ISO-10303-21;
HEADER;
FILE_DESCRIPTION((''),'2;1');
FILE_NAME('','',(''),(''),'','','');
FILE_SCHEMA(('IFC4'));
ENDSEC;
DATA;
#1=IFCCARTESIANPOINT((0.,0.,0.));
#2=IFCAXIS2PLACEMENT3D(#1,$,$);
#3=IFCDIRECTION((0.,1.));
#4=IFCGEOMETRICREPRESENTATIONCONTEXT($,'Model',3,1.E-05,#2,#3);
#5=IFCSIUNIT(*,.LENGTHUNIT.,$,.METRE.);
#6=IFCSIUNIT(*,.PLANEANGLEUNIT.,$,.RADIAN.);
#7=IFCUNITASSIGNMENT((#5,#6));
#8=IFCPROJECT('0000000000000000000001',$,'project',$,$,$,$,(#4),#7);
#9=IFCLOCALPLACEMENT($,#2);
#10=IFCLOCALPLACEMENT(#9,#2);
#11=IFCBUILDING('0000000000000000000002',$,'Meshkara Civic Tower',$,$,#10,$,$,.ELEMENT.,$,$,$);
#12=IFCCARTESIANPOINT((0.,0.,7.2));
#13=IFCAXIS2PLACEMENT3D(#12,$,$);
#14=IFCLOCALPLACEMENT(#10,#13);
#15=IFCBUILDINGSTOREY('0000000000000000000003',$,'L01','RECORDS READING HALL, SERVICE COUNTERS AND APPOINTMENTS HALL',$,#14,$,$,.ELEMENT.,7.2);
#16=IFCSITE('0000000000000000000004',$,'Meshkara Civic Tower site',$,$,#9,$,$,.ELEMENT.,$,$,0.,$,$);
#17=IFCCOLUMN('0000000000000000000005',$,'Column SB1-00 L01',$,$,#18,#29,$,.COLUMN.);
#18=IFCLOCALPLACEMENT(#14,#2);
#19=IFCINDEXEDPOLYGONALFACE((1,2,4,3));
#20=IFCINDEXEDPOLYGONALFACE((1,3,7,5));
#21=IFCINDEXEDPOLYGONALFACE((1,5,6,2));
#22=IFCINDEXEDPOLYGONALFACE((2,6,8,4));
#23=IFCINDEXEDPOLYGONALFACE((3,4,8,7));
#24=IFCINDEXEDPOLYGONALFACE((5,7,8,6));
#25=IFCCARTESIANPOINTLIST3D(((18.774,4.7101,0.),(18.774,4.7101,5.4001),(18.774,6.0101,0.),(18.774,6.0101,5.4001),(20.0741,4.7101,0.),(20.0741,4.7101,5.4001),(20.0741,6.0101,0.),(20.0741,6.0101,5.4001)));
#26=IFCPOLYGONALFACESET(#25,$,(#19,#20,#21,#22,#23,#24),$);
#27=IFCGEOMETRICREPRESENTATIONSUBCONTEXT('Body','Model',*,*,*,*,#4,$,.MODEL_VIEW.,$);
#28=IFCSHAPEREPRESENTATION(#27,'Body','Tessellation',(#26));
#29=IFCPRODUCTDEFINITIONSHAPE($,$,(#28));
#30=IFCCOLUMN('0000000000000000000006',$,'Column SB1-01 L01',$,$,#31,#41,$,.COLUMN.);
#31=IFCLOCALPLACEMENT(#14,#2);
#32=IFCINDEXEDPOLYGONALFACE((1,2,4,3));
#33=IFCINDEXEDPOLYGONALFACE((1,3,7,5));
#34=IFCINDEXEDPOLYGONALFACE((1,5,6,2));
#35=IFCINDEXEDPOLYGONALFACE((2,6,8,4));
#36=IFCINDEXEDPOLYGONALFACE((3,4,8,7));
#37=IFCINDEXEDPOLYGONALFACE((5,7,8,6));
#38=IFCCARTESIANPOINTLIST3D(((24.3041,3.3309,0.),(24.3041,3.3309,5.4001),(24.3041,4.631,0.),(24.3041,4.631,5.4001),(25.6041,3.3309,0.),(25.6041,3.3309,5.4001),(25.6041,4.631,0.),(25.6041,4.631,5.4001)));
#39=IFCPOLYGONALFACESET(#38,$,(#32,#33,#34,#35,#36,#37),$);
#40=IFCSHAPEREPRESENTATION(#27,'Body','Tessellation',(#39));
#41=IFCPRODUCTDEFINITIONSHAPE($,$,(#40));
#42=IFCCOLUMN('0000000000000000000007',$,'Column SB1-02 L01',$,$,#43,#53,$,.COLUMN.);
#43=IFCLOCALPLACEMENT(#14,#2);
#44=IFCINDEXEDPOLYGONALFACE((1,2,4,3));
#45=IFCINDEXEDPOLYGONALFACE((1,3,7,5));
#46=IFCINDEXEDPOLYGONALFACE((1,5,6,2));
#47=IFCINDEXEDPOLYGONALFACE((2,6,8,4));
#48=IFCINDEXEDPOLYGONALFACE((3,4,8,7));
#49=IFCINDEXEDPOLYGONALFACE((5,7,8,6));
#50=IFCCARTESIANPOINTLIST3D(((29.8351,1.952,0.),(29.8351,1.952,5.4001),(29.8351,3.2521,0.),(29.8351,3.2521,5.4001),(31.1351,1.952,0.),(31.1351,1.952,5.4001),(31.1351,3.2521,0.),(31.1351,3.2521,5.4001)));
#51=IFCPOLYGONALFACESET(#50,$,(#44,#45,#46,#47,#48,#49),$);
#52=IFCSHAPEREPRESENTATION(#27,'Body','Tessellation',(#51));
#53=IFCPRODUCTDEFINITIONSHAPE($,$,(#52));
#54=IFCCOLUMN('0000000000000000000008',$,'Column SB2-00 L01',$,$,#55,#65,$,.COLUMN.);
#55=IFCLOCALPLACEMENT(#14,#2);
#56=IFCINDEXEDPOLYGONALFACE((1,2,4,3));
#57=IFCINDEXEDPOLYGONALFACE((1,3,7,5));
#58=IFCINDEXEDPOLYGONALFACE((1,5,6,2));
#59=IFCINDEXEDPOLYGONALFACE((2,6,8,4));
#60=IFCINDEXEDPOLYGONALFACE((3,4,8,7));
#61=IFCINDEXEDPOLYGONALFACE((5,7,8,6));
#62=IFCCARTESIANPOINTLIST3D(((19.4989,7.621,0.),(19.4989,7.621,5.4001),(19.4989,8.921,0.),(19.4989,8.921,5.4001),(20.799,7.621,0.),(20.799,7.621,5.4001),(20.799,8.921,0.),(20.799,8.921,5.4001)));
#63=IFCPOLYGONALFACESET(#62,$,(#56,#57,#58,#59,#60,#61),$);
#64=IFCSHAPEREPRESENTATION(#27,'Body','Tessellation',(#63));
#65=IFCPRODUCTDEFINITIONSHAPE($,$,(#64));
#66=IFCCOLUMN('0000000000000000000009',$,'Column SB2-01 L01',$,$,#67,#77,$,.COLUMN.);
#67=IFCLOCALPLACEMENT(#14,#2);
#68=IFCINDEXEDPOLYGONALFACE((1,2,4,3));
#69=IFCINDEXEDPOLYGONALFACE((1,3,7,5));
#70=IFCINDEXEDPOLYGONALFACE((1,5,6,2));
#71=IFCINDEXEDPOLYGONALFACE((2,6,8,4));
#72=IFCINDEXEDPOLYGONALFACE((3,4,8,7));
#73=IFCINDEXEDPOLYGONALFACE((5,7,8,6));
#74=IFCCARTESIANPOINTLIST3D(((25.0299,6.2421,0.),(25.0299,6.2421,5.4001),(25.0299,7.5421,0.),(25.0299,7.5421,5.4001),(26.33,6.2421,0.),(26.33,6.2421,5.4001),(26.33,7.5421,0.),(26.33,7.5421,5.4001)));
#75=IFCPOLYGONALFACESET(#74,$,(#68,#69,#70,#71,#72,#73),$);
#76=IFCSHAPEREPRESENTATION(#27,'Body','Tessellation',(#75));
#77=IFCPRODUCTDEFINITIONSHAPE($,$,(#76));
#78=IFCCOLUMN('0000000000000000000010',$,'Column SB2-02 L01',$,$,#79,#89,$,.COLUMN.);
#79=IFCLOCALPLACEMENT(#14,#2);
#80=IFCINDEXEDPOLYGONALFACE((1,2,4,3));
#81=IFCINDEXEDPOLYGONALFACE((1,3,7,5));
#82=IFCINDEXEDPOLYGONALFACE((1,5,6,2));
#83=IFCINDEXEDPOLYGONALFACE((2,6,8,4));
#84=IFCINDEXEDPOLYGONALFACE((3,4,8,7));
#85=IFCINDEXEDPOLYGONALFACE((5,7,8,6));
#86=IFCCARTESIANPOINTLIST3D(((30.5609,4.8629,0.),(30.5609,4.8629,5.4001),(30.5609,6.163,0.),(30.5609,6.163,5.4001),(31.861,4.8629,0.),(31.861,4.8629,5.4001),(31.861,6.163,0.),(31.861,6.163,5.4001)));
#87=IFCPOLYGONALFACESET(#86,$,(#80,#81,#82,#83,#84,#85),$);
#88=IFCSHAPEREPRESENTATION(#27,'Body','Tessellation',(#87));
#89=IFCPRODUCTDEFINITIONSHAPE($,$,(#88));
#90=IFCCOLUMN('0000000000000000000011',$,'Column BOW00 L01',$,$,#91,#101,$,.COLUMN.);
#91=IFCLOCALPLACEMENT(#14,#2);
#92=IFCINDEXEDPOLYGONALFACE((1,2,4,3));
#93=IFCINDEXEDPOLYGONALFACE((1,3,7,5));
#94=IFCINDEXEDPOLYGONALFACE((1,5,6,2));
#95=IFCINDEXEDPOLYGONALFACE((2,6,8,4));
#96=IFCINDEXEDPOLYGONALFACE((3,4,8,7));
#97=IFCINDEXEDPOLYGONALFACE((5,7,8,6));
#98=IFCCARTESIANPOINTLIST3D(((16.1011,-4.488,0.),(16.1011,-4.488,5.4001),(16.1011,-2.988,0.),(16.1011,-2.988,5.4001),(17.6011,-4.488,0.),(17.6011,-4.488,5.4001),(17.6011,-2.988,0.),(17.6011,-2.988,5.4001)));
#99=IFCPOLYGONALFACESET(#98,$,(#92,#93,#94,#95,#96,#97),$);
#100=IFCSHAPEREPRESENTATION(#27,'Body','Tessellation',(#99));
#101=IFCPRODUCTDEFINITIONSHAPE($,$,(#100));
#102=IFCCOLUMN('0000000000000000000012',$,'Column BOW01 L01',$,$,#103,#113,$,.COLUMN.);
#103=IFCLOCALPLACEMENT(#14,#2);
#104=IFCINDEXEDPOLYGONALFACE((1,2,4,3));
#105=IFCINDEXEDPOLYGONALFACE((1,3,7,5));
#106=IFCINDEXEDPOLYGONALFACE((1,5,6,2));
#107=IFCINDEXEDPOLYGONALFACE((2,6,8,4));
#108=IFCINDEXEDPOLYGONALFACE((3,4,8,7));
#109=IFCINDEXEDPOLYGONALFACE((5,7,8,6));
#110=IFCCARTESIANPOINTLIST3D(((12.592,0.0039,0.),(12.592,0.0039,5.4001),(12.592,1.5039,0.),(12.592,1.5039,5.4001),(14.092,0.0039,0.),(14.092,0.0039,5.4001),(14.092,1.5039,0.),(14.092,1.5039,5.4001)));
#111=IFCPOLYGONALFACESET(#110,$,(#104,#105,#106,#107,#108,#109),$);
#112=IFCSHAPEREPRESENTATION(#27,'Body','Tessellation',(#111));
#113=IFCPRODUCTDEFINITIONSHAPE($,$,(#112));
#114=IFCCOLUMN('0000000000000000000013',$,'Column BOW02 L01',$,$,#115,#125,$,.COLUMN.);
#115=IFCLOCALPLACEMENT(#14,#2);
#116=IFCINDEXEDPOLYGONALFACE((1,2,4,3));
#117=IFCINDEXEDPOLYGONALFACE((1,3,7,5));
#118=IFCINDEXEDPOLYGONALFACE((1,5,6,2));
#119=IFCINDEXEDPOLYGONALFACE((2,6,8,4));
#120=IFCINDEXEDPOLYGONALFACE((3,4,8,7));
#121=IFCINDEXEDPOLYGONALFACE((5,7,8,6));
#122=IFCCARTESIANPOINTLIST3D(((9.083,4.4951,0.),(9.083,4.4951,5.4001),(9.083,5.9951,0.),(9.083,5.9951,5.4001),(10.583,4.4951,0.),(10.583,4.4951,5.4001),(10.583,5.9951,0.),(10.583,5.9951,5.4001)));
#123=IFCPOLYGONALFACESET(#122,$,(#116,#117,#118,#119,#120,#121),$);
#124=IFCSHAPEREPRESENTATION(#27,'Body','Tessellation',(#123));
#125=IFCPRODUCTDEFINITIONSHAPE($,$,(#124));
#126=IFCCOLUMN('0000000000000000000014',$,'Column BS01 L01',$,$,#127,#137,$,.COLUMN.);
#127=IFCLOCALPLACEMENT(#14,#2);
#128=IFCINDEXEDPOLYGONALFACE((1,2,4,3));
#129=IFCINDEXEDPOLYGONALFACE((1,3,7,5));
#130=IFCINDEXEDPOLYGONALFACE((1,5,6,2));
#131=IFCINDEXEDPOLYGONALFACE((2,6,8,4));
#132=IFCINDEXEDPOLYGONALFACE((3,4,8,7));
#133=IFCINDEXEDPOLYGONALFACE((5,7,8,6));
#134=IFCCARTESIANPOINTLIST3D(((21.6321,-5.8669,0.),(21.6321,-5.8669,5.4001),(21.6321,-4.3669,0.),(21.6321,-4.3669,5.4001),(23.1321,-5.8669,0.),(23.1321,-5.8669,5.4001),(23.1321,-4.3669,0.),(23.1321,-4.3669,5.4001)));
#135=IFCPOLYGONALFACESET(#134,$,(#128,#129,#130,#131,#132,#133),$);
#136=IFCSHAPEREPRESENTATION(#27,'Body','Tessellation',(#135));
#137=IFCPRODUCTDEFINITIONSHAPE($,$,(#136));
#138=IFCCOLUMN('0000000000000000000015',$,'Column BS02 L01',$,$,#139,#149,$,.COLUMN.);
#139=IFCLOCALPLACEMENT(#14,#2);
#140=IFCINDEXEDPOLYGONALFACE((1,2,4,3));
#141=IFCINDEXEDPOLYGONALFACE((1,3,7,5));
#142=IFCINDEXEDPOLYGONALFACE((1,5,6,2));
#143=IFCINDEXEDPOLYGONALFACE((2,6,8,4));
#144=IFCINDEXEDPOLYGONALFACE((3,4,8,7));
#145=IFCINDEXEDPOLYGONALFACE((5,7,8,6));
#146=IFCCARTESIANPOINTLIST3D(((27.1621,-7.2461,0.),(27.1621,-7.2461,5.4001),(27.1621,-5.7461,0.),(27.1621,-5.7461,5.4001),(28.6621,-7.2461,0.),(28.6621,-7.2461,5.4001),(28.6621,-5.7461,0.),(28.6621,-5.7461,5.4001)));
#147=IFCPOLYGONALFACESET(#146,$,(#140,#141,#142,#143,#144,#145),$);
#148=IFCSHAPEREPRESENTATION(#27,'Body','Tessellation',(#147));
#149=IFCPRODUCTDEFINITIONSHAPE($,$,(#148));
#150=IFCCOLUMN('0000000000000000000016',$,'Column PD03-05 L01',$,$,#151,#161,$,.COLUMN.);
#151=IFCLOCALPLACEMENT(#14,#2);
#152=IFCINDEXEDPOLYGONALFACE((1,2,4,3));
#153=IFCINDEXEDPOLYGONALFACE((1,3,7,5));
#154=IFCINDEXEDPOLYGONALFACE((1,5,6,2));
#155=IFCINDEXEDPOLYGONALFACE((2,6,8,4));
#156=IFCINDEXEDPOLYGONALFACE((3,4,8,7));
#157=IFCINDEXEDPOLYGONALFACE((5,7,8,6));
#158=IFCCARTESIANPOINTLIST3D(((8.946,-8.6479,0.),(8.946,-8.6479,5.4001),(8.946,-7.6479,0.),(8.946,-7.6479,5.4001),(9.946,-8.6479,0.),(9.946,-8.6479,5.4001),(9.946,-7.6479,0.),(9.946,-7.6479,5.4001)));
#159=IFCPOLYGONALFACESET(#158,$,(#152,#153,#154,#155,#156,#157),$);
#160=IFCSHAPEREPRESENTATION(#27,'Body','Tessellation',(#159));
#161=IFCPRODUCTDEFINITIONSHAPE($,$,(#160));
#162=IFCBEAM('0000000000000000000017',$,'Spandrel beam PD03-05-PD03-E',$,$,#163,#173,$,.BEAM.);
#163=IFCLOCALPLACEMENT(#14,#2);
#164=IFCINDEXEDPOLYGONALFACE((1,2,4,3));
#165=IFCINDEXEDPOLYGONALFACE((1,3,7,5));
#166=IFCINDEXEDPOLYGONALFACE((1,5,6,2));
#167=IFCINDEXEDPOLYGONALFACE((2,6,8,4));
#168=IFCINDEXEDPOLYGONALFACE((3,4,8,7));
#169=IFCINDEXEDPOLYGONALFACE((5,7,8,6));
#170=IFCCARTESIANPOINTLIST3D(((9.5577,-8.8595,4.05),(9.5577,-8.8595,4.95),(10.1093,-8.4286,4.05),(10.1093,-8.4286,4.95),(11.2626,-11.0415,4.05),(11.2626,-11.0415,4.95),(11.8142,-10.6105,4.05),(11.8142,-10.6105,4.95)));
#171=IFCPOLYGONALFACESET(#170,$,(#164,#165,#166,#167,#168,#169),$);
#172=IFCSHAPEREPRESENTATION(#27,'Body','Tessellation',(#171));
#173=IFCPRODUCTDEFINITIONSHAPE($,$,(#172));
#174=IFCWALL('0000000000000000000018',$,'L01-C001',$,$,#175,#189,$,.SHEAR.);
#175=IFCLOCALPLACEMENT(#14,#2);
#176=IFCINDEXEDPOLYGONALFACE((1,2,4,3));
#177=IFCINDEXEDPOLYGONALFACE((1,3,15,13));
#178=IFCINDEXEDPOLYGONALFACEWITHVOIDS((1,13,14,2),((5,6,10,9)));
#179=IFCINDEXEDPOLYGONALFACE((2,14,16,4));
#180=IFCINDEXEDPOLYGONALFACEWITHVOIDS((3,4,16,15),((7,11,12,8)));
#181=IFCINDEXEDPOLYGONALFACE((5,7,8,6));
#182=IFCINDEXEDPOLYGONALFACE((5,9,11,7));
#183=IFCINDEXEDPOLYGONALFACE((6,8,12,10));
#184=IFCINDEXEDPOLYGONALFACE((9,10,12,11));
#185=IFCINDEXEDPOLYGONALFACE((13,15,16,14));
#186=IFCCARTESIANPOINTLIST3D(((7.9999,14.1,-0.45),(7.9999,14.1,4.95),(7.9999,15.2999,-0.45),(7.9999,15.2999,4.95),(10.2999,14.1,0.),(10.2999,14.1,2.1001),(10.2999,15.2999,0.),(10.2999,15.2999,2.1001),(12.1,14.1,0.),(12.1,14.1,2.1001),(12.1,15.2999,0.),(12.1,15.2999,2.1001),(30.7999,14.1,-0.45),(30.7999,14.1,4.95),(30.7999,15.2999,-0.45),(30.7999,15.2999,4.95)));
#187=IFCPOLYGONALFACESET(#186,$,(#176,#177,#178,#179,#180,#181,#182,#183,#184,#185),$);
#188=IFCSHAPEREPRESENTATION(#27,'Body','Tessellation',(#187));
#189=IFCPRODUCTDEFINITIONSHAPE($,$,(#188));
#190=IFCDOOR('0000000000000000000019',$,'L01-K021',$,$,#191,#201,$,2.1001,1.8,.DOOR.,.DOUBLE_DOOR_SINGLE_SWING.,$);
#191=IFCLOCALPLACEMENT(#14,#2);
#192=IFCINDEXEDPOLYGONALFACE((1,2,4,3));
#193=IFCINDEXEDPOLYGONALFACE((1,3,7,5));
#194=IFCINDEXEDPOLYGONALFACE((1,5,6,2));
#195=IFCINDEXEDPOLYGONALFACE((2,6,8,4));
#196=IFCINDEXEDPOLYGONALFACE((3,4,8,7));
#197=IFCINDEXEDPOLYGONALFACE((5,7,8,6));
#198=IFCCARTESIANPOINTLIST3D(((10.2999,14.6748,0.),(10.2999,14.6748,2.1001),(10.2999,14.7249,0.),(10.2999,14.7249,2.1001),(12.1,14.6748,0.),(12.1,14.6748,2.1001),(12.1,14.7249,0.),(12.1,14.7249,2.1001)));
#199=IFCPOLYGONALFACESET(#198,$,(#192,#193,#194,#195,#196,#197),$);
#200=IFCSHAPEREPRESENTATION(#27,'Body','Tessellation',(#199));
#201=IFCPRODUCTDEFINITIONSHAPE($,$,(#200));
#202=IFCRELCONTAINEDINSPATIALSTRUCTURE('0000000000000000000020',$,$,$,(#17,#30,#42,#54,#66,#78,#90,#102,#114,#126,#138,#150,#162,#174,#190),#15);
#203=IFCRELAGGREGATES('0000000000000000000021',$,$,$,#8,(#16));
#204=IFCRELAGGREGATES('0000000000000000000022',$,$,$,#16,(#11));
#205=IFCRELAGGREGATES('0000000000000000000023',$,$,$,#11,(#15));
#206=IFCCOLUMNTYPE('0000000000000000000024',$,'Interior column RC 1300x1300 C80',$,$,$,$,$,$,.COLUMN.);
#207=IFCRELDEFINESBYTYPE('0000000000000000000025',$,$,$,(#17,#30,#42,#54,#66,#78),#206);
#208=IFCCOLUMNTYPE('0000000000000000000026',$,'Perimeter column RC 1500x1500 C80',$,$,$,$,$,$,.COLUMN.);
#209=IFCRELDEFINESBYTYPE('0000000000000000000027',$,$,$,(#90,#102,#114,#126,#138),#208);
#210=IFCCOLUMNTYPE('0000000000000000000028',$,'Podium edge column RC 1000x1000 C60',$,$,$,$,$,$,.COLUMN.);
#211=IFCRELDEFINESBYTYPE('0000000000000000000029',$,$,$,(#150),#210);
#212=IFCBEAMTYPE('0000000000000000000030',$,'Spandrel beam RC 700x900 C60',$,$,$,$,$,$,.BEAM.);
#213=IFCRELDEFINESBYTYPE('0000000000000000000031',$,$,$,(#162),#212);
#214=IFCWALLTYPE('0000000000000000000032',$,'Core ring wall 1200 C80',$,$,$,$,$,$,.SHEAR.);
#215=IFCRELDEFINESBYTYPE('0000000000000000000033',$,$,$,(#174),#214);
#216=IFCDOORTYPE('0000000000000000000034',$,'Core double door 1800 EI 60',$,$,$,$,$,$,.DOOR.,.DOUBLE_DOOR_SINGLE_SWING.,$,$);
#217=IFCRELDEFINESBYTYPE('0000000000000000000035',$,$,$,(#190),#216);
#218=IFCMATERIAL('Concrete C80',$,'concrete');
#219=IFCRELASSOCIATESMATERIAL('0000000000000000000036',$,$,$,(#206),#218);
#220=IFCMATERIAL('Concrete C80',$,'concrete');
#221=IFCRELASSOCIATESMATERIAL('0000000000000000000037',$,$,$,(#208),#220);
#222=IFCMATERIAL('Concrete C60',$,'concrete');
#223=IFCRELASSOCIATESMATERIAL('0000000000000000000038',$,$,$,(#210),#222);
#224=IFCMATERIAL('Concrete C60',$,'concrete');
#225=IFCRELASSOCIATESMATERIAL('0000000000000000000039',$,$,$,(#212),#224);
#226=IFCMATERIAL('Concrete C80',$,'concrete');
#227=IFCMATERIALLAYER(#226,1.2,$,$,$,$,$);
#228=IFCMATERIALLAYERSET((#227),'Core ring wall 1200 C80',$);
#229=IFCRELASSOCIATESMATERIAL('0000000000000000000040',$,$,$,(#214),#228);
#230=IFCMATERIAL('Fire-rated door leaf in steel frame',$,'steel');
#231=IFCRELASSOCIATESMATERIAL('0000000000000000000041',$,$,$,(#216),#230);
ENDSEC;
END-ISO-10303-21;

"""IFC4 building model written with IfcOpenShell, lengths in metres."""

from ifc_helpers import new_model, si_unit, direction, frame, frame_2d, origin, origin_2d, place, context, subcontext, project, spatial, rectangle, extrude, material, layer, layer_set, material_profile, profile_set, type_object, element, fill, save


model = new_model("IFC4")

# Units and contexts
model_context = context("Model", 3, precision=1e-05, world=origin(), true_north=direction((0.0, 1.0)))
body_context = subcontext(model_context, "Body", "Model", "MODEL_VIEW")
ifc_project = project(units=[si_unit("LENGTHUNIT", "METRE"), si_unit("PLANEANGLEUNIT", "RADIAN")], contexts=[model_context])

# Site, building, storey
site_placement = place(None, origin())
site = spatial("IfcSite", under=ifc_project, at=site_placement, Name="Meshkara Civic Tower site", CompositionType="ELEMENT", RefElevation=0.0)
building_placement = place(site_placement, origin())
building = spatial("IfcBuilding", under=site, at=building_placement, Name="Meshkara Civic Tower", CompositionType="ELEMENT")
storey_placement = place(building_placement, frame((0.0, 0.0, 7.2)))
storey = spatial("IfcBuildingStorey", under=building, at=storey_placement, Name="L01", Description="RECORDS READING HALL, SERVICE COUNTERS AND APPOINTMENTS HALL", CompositionType="ELEMENT", Elevation=7.2)

# Columns
ifc_material_1 = material(Name="Concrete C80", Category="concrete")
ifc_material_profile_1 = material_profile(ifc_material_1, rectangle(XDim=1.3, YDim=1.3, at=origin_2d()))
ifc_profile_set_1 = profile_set([ifc_material_profile_1], Name="Concrete C80")
column_type_1 = type_object("IfcColumnType", Name="Interior column RC 1300x1300 C80", PredefinedType="COLUMN", material=ifc_profile_set_1)
for number, where, z_axis, x_axis, name in (
    (1, (19.4241, 5.3601, 0.0), (0.0, 0.0, 1.0), (1.0, 0.0, 0.0), "Column SB1-00 L01"),
    (2, (24.9541, 3.981, 0.0), (0.0, 0.0, 1.0), (1.0, 0.0, 0.0), "Column SB1-01 L01"),
    (3, (30.4851, 2.6021, 0.0), (0.0, 0.0, 1.0), (1.0, 0.0, 0.0), "Column SB1-02 L01"),
    (4, (20.1489, 8.271, 0.0), (0.0, 0.0, 1.0), (1.0, 0.0, 0.0), "Column SB2-00 L01"),
    (5, (25.6799, 6.8921, 0.0), (0.0, 0.0, 1.0), (1.0, 0.0, 0.0), "Column SB2-01 L01"),
    (6, (31.2109, 5.5129, 0.0), (0.0, 0.0, 1.0), (1.0, 0.0, 0.0), "Column SB2-02 L01"),
):
    element("IfcColumn", number, at=place(storey_placement, frame(where, z_axis=z_axis, x_axis=x_axis)), inside=storey, type_object=column_type_1, Name=name, PredefinedType="COLUMN", context=body_context, shape_type="SweptSolid", body=[
        extrude(rectangle(XDim=1.3, YDim=1.3, at=origin_2d()), origin(), (0.0, 0.0, 1.0), 5.4001),
    ])
ifc_material_2 = material(Name="Concrete C80", Category="concrete")
ifc_material_profile_2 = material_profile(ifc_material_2, rectangle(XDim=1.5, YDim=1.5, at=origin_2d()))
ifc_profile_set_2 = profile_set([ifc_material_profile_2], Name="Concrete C80")
column_type_2 = type_object("IfcColumnType", Name="Perimeter column RC 1500x1500 C80", PredefinedType="COLUMN", material=ifc_profile_set_2)
for number, where, z_axis, x_axis, name in (
    (7, (16.8511, -3.738, 0.0), (0.0, 0.0, 1.0), (1.0, 0.0, 0.0), "Column BOW00 L01"),
    (8, (13.342, 0.7539, 0.0), (0.0, 0.0, 1.0), (1.0, 0.0, 0.0), "Column BOW01 L01"),
    (9, (9.833, 5.2451, 0.0), (0.0, 0.0, 1.0), (1.0, 0.0, 0.0), "Column BOW02 L01"),
    (10, (22.3821, -5.1169, 0.0), (0.0, 0.0, 1.0), (1.0, 0.0, 0.0), "Column BS01 L01"),
    (11, (27.9121, -6.4961, 0.0), (0.0, 0.0, 1.0), (1.0, 0.0, 0.0), "Column BS02 L01"),
):
    element("IfcColumn", number, at=place(storey_placement, frame(where, z_axis=z_axis, x_axis=x_axis)), inside=storey, type_object=column_type_2, Name=name, PredefinedType="COLUMN", context=body_context, shape_type="SweptSolid", body=[
        extrude(rectangle(XDim=1.5, YDim=1.5, at=origin_2d()), origin(), (0.0, 0.0, 1.0), 5.4001),
    ])
ifc_material_3 = material(Name="Concrete C60", Category="concrete")
ifc_material_profile_3 = material_profile(ifc_material_3, rectangle(XDim=1.0, YDim=1.0, at=origin_2d()))
ifc_profile_set_3 = profile_set([ifc_material_profile_3], Name="Concrete C60")
column_type_3 = type_object("IfcColumnType", Name="Podium edge column RC 1000x1000 C60", PredefinedType="COLUMN", material=ifc_profile_set_3)
column_placement = place(storey_placement, frame((9.446, -8.1479, 0.0), z_axis=(0.0, 0.0, 1.0), x_axis=(1.0, 0.0, 0.0)))
element("IfcColumn", 12, at=column_placement, inside=storey, type_object=column_type_3, Name="Column PD03-05 L01", PredefinedType="COLUMN", context=body_context, shape_type="SweptSolid", body=[
    extrude(rectangle(XDim=1.0, YDim=1.0, at=origin_2d()), origin(), (0.0, 0.0, 1.0), 5.4001),
])

# Beam
ifc_material_4 = material(Name="Concrete C60", Category="concrete")
ifc_material_profile_4 = material_profile(ifc_material_4, rectangle(XDim=0.7, YDim=0.8999, at=origin_2d()))
ifc_profile_set_4 = profile_set([ifc_material_profile_4], Name="Concrete C60")
beam_type = type_object("IfcBeamType", Name="Spandrel beam RC 700x900 C60", PredefinedType="BEAM", material=ifc_profile_set_4)
beam_placement = place(storey_placement, frame((9.8335, -8.644, 4.5), z_axis=(0.615697, -0.787983, 0.0), x_axis=(0.787983, 0.615697, 0.0)))
element("IfcBeam", 13, at=beam_placement, inside=storey, type_object=beam_type, Name="Spandrel beam PD03-05-PD03-E", PredefinedType="BEAM", context=body_context, shape_type="SweptSolid", body=[
    extrude(rectangle(XDim=0.7, YDim=0.8999, at=origin_2d()), origin(), (0.0, 0.0, 1.0), 2.769),
])

# Wall, opening, door
ifc_material_5 = material(Name="Concrete C80", Category="concrete")
ifc_layer_1 = layer(ifc_material_5, 1.2)
ifc_layer_set_1 = layer_set([ifc_layer_1], Name="Core ring wall 1200 C80")
wall_type_1 = type_object("IfcWallType", Name="Core ring wall 1200 C80", PredefinedType="SHEAR", material=ifc_layer_set_1)
wall_1_placement = place(storey_placement, frame((8.0, 14.7, -0.45), z_axis=(0.0, 0.0, 1.0), x_axis=(1.0, 0.0, 0.0)))
wall_1 = element("IfcWall", 14, at=wall_1_placement, inside=storey, type_object=wall_type_1, Name="L01-C001", PredefinedType="SHEAR", context=body_context, shape_type="SweptSolid", body=[
    extrude(rectangle(XDim=22.8, YDim=1.2, at=frame_2d((11.3999, 0.0))), origin(), (0.0, 0.0, 1.0), 5.3999),
])
opening_1_placement = place(wall_1_placement, frame((2.3, 0.0, 0.45)))
opening_1 = element("IfcOpeningElement", 15, at=opening_1_placement, cuts=wall_1, PredefinedType="OPENING", context=body_context, shape_type="SweptSolid", body=[
    extrude(rectangle(XDim=1.8, YDim=2.1001, at=frame_2d((0.8999, 1.05))), frame((0.0, 0.6099, 0.0), z_axis=(0.0, -1.0, 0.0), x_axis=(1.0, 0.0, 0.0)), (0.0, 0.0, 1.0), 1.22),
])
ifc_material_6 = material(Name="Fire-rated door leaf in steel frame", Category="steel")
door_type_1 = type_object("IfcDoorType", Name="Core double door 1800 EI 60", OperationType="DOUBLE_DOOR_SINGLE_SWING", PredefinedType="DOOR", material=ifc_material_6)
door_1_placement = place(opening_1_placement, origin())
door_1 = element("IfcDoor", 16, at=door_1_placement, inside=storey, type_object=door_type_1, Name="L01-K021", OperationType="DOUBLE_DOOR_SINGLE_SWING", OverallHeight=2.1001, OverallWidth=1.8, PredefinedType="DOOR", context=body_context, shape_type="SweptSolid", body=[
    extrude(rectangle(XDim=1.8, YDim=2.1001, at=frame_2d((0.8999, 1.05))), frame((0.0, 0.0249, 0.0), z_axis=(0.0, -1.0, 0.0), x_axis=(1.0, 0.0, 0.0)), (0.0, 0.0, 1.0), 0.05),
])
fill(opening_1, door_1)

save(model, "model.ifc")
